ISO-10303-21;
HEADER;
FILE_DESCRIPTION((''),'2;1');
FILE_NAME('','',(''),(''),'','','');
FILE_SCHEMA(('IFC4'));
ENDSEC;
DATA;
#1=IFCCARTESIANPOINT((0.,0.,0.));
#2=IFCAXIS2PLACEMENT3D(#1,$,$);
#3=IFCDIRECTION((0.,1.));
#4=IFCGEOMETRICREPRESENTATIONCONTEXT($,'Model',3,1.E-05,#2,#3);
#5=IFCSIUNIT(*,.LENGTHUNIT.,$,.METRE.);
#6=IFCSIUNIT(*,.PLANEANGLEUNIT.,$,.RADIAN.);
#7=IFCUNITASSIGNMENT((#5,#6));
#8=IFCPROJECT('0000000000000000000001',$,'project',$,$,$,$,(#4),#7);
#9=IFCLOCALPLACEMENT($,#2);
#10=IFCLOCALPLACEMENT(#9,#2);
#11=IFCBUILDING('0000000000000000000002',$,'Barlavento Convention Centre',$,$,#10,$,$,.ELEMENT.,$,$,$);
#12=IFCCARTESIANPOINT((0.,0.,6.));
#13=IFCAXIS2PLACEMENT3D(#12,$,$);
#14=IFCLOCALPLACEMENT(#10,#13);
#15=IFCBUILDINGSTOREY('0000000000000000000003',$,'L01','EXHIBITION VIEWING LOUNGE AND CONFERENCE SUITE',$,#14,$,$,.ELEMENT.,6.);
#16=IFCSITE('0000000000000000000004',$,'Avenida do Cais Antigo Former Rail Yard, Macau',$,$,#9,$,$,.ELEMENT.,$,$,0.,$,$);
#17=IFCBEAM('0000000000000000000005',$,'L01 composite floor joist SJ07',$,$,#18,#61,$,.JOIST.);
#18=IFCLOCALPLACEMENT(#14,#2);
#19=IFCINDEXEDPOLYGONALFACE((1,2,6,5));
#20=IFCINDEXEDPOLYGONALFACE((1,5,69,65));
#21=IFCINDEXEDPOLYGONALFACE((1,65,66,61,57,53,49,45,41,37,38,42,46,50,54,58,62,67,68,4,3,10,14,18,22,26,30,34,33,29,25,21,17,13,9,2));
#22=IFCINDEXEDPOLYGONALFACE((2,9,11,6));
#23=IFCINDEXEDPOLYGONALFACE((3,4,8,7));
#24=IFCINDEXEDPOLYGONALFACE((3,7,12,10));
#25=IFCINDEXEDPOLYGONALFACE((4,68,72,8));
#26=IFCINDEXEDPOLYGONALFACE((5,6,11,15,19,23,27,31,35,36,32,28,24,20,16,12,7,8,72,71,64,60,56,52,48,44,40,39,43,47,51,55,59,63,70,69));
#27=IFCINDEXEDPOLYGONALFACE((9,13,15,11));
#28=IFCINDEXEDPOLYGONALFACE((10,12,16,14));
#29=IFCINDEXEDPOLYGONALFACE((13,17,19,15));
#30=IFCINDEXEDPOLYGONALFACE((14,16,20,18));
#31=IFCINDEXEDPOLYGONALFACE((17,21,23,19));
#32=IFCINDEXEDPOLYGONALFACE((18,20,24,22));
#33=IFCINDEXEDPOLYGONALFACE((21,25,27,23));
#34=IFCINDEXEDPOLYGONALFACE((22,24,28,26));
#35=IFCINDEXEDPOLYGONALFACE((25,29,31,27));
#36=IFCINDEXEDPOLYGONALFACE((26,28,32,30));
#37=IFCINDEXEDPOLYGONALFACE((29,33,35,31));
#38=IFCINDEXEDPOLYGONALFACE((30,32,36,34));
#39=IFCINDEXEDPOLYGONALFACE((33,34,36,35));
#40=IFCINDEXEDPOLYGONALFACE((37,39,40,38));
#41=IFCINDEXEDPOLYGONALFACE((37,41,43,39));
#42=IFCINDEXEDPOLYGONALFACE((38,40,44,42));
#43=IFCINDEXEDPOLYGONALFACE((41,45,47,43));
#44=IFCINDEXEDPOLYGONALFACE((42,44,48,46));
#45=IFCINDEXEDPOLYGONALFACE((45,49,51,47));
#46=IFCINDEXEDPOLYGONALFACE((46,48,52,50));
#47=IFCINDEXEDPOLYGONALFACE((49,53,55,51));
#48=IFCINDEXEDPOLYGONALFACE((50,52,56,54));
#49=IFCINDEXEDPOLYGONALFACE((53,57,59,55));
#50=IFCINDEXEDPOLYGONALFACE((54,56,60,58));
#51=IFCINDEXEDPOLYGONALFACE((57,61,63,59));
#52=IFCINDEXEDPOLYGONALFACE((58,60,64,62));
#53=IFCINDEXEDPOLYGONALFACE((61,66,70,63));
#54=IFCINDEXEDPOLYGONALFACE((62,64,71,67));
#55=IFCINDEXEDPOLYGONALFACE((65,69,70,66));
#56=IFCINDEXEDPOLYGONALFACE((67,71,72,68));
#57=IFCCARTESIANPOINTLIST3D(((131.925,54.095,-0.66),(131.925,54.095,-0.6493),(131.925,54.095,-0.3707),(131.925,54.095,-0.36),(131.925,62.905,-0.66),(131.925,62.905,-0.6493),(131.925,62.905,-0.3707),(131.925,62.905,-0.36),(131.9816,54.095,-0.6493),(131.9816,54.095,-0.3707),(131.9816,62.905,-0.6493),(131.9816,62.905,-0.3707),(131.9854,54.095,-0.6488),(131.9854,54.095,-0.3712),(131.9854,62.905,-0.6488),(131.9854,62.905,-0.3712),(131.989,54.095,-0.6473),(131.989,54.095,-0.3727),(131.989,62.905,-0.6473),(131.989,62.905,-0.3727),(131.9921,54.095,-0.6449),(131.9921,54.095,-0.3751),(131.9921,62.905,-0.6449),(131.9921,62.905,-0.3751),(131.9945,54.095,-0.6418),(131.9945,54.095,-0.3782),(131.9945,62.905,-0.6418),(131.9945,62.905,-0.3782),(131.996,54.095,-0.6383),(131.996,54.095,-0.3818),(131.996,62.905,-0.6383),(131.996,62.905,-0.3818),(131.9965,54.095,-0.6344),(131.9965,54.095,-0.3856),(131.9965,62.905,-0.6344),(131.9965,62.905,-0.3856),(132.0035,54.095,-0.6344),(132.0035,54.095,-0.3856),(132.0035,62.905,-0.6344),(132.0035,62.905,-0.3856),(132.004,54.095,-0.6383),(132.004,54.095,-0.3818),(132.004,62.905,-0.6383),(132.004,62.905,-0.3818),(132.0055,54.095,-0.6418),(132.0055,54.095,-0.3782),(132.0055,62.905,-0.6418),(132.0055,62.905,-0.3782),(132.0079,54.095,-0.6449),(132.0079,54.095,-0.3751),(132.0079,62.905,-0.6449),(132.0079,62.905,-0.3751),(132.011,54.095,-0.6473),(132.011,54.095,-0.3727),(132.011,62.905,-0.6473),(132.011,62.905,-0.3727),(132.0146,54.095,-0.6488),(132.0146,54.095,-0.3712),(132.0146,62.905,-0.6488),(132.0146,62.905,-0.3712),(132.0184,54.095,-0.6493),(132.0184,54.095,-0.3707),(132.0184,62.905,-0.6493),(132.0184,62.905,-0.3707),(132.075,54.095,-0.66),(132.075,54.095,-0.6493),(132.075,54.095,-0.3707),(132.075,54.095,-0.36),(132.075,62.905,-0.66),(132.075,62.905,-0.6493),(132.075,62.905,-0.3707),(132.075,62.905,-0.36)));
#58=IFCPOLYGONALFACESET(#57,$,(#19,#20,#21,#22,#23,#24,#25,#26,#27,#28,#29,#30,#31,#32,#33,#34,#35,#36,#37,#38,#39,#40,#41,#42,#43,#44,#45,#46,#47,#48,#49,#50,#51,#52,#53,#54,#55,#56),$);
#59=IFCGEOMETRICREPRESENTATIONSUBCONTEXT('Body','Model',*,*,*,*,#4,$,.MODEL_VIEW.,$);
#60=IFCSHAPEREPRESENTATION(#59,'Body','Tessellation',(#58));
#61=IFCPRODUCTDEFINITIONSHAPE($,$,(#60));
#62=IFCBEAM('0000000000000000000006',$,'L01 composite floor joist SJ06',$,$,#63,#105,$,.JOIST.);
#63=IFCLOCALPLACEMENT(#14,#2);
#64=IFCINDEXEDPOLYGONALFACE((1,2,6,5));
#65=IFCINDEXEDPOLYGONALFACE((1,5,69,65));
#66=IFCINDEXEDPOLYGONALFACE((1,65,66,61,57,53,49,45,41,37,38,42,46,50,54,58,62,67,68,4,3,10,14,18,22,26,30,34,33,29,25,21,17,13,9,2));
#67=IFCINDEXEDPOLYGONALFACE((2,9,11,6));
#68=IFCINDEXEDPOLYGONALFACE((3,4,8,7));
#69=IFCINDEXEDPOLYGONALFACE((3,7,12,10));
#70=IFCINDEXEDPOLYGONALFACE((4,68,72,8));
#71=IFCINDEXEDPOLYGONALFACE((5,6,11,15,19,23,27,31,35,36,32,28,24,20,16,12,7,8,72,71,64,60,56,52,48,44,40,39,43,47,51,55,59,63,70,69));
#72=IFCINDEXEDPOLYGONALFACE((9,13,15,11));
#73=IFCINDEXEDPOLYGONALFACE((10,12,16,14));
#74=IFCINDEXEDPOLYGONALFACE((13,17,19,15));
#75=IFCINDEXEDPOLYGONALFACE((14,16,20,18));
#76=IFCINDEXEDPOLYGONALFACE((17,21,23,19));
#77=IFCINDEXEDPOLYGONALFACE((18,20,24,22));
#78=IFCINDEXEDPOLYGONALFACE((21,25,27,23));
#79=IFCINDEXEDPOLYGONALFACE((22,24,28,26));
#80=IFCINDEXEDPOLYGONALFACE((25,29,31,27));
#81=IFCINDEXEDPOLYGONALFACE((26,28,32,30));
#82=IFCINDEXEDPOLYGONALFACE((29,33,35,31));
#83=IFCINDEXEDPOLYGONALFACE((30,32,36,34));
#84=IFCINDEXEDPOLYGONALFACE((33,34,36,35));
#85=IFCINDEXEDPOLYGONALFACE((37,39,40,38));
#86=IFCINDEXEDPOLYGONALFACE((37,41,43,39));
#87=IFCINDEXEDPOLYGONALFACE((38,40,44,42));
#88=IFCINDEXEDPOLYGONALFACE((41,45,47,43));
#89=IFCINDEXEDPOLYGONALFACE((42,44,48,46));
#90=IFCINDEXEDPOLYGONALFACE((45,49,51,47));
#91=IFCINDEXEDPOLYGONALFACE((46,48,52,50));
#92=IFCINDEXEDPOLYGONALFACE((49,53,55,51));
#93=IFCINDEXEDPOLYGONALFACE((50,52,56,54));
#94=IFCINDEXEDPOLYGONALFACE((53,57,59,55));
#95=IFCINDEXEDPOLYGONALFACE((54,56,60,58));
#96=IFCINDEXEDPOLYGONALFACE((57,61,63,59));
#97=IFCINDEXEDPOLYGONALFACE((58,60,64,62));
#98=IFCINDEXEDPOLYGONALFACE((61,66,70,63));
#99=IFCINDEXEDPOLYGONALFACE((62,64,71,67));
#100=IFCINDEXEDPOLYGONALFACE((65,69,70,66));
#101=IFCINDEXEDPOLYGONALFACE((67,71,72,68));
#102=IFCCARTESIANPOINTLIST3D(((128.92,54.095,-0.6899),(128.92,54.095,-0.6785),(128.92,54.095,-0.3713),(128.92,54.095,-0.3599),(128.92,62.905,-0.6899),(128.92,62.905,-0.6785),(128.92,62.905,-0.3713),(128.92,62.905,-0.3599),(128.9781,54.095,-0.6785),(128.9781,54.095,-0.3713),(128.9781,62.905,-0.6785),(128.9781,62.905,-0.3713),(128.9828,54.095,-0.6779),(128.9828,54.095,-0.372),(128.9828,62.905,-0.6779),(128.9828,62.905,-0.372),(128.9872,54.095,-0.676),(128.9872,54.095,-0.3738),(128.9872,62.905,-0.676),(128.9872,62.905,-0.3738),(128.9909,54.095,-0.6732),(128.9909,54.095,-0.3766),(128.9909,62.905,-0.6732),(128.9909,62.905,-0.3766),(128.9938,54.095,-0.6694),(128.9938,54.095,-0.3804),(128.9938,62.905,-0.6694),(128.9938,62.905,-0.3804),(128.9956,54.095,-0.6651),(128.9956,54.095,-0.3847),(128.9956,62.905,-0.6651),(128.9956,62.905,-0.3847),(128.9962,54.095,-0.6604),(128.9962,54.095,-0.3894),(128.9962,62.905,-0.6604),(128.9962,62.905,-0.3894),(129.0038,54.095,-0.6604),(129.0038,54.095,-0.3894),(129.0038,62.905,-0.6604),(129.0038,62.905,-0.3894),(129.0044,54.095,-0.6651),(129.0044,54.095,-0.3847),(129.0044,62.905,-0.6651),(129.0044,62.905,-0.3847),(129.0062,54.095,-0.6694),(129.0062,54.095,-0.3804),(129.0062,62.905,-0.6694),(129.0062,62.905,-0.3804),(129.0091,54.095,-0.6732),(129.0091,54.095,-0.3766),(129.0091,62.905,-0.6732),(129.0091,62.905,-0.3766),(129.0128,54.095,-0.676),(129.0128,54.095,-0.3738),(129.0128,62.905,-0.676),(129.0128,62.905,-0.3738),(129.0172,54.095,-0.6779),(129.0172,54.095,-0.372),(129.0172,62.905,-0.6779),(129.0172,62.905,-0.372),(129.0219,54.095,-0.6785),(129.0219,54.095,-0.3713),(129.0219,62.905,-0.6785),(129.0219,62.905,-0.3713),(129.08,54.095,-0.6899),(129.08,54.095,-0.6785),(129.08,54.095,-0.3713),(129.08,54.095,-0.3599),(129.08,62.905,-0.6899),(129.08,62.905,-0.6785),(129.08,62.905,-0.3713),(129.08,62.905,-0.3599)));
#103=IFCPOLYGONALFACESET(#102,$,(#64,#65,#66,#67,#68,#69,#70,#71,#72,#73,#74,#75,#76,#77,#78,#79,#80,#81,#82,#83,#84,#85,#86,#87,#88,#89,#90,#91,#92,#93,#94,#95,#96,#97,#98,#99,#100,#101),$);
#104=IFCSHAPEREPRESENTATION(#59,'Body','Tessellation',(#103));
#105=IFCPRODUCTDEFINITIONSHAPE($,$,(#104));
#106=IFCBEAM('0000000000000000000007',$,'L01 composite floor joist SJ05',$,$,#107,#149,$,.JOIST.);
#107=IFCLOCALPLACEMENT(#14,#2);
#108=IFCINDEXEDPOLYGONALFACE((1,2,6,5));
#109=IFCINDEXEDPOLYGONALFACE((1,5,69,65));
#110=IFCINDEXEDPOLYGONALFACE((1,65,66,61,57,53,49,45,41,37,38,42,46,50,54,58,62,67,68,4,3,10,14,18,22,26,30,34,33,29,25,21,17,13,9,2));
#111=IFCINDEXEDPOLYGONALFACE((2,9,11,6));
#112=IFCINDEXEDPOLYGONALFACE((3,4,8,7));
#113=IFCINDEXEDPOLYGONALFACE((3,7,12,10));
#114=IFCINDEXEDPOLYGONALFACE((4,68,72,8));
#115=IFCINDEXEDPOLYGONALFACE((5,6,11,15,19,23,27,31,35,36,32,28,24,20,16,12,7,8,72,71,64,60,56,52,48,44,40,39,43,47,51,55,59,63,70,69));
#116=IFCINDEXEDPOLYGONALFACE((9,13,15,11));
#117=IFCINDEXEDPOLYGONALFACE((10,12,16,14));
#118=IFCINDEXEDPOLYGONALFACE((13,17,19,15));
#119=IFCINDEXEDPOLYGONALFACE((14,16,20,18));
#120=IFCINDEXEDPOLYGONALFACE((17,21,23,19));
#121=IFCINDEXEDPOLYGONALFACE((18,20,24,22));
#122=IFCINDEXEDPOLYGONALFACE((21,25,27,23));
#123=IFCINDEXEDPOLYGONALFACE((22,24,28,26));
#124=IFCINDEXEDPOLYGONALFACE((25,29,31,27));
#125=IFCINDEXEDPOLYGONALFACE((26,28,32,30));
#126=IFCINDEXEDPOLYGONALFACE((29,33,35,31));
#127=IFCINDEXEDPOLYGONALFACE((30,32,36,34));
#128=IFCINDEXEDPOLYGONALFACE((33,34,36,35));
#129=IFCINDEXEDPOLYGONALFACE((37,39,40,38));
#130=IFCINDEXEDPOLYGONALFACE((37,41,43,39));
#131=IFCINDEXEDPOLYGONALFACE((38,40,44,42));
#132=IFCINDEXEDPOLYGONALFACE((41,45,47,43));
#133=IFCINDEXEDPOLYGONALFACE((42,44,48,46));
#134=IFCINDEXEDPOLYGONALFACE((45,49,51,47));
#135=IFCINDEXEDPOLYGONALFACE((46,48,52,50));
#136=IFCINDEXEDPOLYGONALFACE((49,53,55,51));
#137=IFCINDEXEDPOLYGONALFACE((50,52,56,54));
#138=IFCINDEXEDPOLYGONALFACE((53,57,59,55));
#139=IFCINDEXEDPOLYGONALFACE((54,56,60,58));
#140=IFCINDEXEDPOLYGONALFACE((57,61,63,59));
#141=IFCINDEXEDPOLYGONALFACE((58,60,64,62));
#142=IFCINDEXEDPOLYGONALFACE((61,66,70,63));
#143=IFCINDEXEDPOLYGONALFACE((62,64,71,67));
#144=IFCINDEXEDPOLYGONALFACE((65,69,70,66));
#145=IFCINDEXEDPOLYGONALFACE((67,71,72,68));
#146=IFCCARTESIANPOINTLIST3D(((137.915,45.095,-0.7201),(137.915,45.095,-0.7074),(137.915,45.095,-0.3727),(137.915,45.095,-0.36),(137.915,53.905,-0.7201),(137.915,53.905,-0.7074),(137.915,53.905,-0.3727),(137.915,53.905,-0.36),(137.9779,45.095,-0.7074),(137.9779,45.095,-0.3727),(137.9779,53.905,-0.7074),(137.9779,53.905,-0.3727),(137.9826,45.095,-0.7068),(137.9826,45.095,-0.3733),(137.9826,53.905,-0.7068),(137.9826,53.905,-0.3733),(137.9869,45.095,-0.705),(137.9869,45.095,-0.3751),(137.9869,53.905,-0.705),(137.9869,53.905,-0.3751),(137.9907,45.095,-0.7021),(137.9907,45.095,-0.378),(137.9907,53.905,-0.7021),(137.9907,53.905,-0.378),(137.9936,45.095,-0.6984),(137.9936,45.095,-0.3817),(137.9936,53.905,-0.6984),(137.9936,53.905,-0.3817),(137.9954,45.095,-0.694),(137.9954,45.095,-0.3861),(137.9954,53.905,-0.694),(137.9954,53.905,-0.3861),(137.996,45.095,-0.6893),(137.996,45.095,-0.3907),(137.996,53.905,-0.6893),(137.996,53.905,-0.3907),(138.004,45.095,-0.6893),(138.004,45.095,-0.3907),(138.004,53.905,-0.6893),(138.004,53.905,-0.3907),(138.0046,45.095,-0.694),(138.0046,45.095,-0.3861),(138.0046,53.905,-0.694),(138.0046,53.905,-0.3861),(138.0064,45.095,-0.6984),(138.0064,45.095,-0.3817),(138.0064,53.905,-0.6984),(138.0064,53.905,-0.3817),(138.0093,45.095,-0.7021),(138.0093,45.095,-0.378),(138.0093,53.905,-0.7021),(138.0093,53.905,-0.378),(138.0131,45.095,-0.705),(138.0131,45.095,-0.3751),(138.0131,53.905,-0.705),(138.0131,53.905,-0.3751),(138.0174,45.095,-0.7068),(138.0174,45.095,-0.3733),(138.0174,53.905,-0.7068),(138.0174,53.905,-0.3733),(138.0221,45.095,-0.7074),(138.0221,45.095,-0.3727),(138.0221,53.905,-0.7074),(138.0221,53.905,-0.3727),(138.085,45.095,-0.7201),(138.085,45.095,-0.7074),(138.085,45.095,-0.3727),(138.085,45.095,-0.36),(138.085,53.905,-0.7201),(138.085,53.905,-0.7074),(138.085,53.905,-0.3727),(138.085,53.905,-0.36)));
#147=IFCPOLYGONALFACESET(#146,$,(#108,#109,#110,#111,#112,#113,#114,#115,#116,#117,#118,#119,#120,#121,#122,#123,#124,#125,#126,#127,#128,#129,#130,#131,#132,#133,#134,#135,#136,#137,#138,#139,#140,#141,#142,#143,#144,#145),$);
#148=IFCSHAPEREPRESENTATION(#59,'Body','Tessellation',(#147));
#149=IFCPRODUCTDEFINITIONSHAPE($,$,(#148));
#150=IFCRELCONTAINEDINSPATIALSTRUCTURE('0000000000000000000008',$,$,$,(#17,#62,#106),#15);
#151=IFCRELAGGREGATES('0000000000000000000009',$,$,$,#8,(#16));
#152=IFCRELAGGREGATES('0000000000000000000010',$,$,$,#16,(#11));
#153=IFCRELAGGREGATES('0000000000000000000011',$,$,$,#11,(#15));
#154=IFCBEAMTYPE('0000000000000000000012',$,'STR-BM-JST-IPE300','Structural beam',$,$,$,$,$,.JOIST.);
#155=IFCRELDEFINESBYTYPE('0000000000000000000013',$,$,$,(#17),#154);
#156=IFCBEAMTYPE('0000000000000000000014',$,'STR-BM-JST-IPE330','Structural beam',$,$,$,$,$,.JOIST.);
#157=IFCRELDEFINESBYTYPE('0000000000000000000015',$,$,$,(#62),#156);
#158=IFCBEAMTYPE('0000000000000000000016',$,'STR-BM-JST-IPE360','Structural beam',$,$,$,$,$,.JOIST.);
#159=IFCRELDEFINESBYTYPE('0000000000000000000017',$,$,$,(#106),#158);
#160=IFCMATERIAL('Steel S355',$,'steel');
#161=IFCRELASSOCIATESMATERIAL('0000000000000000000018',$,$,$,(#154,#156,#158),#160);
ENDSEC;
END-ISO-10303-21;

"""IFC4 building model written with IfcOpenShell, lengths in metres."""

from ifc_helpers import new_model, si_unit, direction, frame, origin, origin_2d, place, context, subcontext, project, spatial, i_section, extrude, material, material_profile, profile_set, type_object, element, save


model = new_model("IFC4")

# Units and contexts
model_context = context("Model", 3, precision=1e-05, world=origin(), true_north=direction((0.0, 1.0)))
body_context = subcontext(model_context, "Body", "Model", "MODEL_VIEW")
ifc_project = project(units=[si_unit("LENGTHUNIT", "METRE"), si_unit("PLANEANGLEUNIT", "RADIAN")], contexts=[model_context])

# Site, building, storey
site_placement = place(None, origin())
site = spatial("IfcSite", under=ifc_project, at=site_placement, Name="Avenida do Cais Antigo Former Rail Yard, Macau", CompositionType="ELEMENT", RefElevation=0.0)
building_placement = place(site_placement, origin())
building = spatial("IfcBuilding", under=site, at=building_placement, Name="Barlavento Convention Centre", CompositionType="ELEMENT")
storey_placement = place(building_placement, frame((0.0, 0.0, 6.0)))
storey = spatial("IfcBuildingStorey", under=building, at=storey_placement, Name="L01", Description="EXHIBITION VIEWING LOUNGE AND CONFERENCE SUITE", CompositionType="ELEMENT", Elevation=6.0)

# Shared definitions
ifc_material_1 = material(Name="Steel S355", Category="steel")

# Beams
ifc_material_profile_1 = material_profile(ifc_material_1, i_section(OverallWidth=0.1499, OverallDepth=0.3, WebThickness=0.0071, FlangeThickness=0.0107, FilletRadius=0.0149, at=origin_2d()), Name="IPE 300")
ifc_profile_set_1 = profile_set([ifc_material_profile_1], Name="Steel S355")
beam_type_1 = type_object("IfcBeamType", Name="STR-BM-JST-IPE300", Description="Structural beam", PredefinedType="JOIST", material=ifc_profile_set_1)
beam_1_placement = place(storey_placement, frame((132.0, 54.095, -0.51), z_axis=(0.0, 1.0, 0.0), x_axis=(-1.0, 0.0, 0.0)))
element("IfcBeam", 1, at=beam_1_placement, inside=storey, type_object=beam_type_1, Name="L01 composite floor joist SJ07", PredefinedType="JOIST", context=body_context, shape_type="SweptSolid", body=[
    extrude(i_section(OverallWidth=0.1499, OverallDepth=0.3, WebThickness=0.0071, FlangeThickness=0.0107, FilletRadius=0.0149, at=origin_2d()), origin(), (0.0, 0.0, 1.0), 8.8101),
])
ifc_material_profile_2 = material_profile(ifc_material_1, i_section(OverallWidth=0.1599, OverallDepth=0.3301, WebThickness=0.0076, FlangeThickness=0.0115, FilletRadius=0.0181, at=origin_2d()), Name="IPE 330")
ifc_profile_set_2 = profile_set([ifc_material_profile_2], Name="Steel S355")
beam_type_2 = type_object("IfcBeamType", Name="STR-BM-JST-IPE330", Description="Structural beam", PredefinedType="JOIST", material=ifc_profile_set_2)
beam_2_placement = place(storey_placement, frame((129.0, 54.095, -0.5249), z_axis=(0.0, 1.0, 0.0), x_axis=(-1.0, 0.0, 0.0)))
element("IfcBeam", 2, at=beam_2_placement, inside=storey, type_object=beam_type_2, Name="L01 composite floor joist SJ06", PredefinedType="JOIST", context=body_context, shape_type="SweptSolid", body=[
    extrude(i_section(OverallWidth=0.1599, OverallDepth=0.3301, WebThickness=0.0076, FlangeThickness=0.0115, FilletRadius=0.0181, at=origin_2d()), origin(), (0.0, 0.0, 1.0), 8.8101),
])
ifc_material_profile_3 = material_profile(ifc_material_1, i_section(OverallWidth=0.1699, OverallDepth=0.3601, WebThickness=0.0081, FlangeThickness=0.0127, FilletRadius=0.0181, at=origin_2d()), Name="IPE 360")
ifc_profile_set_3 = profile_set([ifc_material_profile_3], Name="Steel S355")
beam_type_3 = type_object("IfcBeamType", Name="STR-BM-JST-IPE360", Description="Structural beam", PredefinedType="JOIST", material=ifc_profile_set_3)
beam_3_placement = place(storey_placement, frame((138.0, 45.095, -0.54), z_axis=(0.0, 1.0, 0.0), x_axis=(-1.0, 0.0, 0.0)))
element("IfcBeam", 3, at=beam_3_placement, inside=storey, type_object=beam_type_3, Name="L01 composite floor joist SJ05", PredefinedType="JOIST", context=body_context, shape_type="SweptSolid", body=[
    extrude(i_section(OverallWidth=0.1699, OverallDepth=0.3601, WebThickness=0.0081, FlangeThickness=0.0127, FilletRadius=0.0181, at=origin_2d()), origin(), (0.0, 0.0, 1.0), 8.8101),
])

save(model, "model.ifc")
